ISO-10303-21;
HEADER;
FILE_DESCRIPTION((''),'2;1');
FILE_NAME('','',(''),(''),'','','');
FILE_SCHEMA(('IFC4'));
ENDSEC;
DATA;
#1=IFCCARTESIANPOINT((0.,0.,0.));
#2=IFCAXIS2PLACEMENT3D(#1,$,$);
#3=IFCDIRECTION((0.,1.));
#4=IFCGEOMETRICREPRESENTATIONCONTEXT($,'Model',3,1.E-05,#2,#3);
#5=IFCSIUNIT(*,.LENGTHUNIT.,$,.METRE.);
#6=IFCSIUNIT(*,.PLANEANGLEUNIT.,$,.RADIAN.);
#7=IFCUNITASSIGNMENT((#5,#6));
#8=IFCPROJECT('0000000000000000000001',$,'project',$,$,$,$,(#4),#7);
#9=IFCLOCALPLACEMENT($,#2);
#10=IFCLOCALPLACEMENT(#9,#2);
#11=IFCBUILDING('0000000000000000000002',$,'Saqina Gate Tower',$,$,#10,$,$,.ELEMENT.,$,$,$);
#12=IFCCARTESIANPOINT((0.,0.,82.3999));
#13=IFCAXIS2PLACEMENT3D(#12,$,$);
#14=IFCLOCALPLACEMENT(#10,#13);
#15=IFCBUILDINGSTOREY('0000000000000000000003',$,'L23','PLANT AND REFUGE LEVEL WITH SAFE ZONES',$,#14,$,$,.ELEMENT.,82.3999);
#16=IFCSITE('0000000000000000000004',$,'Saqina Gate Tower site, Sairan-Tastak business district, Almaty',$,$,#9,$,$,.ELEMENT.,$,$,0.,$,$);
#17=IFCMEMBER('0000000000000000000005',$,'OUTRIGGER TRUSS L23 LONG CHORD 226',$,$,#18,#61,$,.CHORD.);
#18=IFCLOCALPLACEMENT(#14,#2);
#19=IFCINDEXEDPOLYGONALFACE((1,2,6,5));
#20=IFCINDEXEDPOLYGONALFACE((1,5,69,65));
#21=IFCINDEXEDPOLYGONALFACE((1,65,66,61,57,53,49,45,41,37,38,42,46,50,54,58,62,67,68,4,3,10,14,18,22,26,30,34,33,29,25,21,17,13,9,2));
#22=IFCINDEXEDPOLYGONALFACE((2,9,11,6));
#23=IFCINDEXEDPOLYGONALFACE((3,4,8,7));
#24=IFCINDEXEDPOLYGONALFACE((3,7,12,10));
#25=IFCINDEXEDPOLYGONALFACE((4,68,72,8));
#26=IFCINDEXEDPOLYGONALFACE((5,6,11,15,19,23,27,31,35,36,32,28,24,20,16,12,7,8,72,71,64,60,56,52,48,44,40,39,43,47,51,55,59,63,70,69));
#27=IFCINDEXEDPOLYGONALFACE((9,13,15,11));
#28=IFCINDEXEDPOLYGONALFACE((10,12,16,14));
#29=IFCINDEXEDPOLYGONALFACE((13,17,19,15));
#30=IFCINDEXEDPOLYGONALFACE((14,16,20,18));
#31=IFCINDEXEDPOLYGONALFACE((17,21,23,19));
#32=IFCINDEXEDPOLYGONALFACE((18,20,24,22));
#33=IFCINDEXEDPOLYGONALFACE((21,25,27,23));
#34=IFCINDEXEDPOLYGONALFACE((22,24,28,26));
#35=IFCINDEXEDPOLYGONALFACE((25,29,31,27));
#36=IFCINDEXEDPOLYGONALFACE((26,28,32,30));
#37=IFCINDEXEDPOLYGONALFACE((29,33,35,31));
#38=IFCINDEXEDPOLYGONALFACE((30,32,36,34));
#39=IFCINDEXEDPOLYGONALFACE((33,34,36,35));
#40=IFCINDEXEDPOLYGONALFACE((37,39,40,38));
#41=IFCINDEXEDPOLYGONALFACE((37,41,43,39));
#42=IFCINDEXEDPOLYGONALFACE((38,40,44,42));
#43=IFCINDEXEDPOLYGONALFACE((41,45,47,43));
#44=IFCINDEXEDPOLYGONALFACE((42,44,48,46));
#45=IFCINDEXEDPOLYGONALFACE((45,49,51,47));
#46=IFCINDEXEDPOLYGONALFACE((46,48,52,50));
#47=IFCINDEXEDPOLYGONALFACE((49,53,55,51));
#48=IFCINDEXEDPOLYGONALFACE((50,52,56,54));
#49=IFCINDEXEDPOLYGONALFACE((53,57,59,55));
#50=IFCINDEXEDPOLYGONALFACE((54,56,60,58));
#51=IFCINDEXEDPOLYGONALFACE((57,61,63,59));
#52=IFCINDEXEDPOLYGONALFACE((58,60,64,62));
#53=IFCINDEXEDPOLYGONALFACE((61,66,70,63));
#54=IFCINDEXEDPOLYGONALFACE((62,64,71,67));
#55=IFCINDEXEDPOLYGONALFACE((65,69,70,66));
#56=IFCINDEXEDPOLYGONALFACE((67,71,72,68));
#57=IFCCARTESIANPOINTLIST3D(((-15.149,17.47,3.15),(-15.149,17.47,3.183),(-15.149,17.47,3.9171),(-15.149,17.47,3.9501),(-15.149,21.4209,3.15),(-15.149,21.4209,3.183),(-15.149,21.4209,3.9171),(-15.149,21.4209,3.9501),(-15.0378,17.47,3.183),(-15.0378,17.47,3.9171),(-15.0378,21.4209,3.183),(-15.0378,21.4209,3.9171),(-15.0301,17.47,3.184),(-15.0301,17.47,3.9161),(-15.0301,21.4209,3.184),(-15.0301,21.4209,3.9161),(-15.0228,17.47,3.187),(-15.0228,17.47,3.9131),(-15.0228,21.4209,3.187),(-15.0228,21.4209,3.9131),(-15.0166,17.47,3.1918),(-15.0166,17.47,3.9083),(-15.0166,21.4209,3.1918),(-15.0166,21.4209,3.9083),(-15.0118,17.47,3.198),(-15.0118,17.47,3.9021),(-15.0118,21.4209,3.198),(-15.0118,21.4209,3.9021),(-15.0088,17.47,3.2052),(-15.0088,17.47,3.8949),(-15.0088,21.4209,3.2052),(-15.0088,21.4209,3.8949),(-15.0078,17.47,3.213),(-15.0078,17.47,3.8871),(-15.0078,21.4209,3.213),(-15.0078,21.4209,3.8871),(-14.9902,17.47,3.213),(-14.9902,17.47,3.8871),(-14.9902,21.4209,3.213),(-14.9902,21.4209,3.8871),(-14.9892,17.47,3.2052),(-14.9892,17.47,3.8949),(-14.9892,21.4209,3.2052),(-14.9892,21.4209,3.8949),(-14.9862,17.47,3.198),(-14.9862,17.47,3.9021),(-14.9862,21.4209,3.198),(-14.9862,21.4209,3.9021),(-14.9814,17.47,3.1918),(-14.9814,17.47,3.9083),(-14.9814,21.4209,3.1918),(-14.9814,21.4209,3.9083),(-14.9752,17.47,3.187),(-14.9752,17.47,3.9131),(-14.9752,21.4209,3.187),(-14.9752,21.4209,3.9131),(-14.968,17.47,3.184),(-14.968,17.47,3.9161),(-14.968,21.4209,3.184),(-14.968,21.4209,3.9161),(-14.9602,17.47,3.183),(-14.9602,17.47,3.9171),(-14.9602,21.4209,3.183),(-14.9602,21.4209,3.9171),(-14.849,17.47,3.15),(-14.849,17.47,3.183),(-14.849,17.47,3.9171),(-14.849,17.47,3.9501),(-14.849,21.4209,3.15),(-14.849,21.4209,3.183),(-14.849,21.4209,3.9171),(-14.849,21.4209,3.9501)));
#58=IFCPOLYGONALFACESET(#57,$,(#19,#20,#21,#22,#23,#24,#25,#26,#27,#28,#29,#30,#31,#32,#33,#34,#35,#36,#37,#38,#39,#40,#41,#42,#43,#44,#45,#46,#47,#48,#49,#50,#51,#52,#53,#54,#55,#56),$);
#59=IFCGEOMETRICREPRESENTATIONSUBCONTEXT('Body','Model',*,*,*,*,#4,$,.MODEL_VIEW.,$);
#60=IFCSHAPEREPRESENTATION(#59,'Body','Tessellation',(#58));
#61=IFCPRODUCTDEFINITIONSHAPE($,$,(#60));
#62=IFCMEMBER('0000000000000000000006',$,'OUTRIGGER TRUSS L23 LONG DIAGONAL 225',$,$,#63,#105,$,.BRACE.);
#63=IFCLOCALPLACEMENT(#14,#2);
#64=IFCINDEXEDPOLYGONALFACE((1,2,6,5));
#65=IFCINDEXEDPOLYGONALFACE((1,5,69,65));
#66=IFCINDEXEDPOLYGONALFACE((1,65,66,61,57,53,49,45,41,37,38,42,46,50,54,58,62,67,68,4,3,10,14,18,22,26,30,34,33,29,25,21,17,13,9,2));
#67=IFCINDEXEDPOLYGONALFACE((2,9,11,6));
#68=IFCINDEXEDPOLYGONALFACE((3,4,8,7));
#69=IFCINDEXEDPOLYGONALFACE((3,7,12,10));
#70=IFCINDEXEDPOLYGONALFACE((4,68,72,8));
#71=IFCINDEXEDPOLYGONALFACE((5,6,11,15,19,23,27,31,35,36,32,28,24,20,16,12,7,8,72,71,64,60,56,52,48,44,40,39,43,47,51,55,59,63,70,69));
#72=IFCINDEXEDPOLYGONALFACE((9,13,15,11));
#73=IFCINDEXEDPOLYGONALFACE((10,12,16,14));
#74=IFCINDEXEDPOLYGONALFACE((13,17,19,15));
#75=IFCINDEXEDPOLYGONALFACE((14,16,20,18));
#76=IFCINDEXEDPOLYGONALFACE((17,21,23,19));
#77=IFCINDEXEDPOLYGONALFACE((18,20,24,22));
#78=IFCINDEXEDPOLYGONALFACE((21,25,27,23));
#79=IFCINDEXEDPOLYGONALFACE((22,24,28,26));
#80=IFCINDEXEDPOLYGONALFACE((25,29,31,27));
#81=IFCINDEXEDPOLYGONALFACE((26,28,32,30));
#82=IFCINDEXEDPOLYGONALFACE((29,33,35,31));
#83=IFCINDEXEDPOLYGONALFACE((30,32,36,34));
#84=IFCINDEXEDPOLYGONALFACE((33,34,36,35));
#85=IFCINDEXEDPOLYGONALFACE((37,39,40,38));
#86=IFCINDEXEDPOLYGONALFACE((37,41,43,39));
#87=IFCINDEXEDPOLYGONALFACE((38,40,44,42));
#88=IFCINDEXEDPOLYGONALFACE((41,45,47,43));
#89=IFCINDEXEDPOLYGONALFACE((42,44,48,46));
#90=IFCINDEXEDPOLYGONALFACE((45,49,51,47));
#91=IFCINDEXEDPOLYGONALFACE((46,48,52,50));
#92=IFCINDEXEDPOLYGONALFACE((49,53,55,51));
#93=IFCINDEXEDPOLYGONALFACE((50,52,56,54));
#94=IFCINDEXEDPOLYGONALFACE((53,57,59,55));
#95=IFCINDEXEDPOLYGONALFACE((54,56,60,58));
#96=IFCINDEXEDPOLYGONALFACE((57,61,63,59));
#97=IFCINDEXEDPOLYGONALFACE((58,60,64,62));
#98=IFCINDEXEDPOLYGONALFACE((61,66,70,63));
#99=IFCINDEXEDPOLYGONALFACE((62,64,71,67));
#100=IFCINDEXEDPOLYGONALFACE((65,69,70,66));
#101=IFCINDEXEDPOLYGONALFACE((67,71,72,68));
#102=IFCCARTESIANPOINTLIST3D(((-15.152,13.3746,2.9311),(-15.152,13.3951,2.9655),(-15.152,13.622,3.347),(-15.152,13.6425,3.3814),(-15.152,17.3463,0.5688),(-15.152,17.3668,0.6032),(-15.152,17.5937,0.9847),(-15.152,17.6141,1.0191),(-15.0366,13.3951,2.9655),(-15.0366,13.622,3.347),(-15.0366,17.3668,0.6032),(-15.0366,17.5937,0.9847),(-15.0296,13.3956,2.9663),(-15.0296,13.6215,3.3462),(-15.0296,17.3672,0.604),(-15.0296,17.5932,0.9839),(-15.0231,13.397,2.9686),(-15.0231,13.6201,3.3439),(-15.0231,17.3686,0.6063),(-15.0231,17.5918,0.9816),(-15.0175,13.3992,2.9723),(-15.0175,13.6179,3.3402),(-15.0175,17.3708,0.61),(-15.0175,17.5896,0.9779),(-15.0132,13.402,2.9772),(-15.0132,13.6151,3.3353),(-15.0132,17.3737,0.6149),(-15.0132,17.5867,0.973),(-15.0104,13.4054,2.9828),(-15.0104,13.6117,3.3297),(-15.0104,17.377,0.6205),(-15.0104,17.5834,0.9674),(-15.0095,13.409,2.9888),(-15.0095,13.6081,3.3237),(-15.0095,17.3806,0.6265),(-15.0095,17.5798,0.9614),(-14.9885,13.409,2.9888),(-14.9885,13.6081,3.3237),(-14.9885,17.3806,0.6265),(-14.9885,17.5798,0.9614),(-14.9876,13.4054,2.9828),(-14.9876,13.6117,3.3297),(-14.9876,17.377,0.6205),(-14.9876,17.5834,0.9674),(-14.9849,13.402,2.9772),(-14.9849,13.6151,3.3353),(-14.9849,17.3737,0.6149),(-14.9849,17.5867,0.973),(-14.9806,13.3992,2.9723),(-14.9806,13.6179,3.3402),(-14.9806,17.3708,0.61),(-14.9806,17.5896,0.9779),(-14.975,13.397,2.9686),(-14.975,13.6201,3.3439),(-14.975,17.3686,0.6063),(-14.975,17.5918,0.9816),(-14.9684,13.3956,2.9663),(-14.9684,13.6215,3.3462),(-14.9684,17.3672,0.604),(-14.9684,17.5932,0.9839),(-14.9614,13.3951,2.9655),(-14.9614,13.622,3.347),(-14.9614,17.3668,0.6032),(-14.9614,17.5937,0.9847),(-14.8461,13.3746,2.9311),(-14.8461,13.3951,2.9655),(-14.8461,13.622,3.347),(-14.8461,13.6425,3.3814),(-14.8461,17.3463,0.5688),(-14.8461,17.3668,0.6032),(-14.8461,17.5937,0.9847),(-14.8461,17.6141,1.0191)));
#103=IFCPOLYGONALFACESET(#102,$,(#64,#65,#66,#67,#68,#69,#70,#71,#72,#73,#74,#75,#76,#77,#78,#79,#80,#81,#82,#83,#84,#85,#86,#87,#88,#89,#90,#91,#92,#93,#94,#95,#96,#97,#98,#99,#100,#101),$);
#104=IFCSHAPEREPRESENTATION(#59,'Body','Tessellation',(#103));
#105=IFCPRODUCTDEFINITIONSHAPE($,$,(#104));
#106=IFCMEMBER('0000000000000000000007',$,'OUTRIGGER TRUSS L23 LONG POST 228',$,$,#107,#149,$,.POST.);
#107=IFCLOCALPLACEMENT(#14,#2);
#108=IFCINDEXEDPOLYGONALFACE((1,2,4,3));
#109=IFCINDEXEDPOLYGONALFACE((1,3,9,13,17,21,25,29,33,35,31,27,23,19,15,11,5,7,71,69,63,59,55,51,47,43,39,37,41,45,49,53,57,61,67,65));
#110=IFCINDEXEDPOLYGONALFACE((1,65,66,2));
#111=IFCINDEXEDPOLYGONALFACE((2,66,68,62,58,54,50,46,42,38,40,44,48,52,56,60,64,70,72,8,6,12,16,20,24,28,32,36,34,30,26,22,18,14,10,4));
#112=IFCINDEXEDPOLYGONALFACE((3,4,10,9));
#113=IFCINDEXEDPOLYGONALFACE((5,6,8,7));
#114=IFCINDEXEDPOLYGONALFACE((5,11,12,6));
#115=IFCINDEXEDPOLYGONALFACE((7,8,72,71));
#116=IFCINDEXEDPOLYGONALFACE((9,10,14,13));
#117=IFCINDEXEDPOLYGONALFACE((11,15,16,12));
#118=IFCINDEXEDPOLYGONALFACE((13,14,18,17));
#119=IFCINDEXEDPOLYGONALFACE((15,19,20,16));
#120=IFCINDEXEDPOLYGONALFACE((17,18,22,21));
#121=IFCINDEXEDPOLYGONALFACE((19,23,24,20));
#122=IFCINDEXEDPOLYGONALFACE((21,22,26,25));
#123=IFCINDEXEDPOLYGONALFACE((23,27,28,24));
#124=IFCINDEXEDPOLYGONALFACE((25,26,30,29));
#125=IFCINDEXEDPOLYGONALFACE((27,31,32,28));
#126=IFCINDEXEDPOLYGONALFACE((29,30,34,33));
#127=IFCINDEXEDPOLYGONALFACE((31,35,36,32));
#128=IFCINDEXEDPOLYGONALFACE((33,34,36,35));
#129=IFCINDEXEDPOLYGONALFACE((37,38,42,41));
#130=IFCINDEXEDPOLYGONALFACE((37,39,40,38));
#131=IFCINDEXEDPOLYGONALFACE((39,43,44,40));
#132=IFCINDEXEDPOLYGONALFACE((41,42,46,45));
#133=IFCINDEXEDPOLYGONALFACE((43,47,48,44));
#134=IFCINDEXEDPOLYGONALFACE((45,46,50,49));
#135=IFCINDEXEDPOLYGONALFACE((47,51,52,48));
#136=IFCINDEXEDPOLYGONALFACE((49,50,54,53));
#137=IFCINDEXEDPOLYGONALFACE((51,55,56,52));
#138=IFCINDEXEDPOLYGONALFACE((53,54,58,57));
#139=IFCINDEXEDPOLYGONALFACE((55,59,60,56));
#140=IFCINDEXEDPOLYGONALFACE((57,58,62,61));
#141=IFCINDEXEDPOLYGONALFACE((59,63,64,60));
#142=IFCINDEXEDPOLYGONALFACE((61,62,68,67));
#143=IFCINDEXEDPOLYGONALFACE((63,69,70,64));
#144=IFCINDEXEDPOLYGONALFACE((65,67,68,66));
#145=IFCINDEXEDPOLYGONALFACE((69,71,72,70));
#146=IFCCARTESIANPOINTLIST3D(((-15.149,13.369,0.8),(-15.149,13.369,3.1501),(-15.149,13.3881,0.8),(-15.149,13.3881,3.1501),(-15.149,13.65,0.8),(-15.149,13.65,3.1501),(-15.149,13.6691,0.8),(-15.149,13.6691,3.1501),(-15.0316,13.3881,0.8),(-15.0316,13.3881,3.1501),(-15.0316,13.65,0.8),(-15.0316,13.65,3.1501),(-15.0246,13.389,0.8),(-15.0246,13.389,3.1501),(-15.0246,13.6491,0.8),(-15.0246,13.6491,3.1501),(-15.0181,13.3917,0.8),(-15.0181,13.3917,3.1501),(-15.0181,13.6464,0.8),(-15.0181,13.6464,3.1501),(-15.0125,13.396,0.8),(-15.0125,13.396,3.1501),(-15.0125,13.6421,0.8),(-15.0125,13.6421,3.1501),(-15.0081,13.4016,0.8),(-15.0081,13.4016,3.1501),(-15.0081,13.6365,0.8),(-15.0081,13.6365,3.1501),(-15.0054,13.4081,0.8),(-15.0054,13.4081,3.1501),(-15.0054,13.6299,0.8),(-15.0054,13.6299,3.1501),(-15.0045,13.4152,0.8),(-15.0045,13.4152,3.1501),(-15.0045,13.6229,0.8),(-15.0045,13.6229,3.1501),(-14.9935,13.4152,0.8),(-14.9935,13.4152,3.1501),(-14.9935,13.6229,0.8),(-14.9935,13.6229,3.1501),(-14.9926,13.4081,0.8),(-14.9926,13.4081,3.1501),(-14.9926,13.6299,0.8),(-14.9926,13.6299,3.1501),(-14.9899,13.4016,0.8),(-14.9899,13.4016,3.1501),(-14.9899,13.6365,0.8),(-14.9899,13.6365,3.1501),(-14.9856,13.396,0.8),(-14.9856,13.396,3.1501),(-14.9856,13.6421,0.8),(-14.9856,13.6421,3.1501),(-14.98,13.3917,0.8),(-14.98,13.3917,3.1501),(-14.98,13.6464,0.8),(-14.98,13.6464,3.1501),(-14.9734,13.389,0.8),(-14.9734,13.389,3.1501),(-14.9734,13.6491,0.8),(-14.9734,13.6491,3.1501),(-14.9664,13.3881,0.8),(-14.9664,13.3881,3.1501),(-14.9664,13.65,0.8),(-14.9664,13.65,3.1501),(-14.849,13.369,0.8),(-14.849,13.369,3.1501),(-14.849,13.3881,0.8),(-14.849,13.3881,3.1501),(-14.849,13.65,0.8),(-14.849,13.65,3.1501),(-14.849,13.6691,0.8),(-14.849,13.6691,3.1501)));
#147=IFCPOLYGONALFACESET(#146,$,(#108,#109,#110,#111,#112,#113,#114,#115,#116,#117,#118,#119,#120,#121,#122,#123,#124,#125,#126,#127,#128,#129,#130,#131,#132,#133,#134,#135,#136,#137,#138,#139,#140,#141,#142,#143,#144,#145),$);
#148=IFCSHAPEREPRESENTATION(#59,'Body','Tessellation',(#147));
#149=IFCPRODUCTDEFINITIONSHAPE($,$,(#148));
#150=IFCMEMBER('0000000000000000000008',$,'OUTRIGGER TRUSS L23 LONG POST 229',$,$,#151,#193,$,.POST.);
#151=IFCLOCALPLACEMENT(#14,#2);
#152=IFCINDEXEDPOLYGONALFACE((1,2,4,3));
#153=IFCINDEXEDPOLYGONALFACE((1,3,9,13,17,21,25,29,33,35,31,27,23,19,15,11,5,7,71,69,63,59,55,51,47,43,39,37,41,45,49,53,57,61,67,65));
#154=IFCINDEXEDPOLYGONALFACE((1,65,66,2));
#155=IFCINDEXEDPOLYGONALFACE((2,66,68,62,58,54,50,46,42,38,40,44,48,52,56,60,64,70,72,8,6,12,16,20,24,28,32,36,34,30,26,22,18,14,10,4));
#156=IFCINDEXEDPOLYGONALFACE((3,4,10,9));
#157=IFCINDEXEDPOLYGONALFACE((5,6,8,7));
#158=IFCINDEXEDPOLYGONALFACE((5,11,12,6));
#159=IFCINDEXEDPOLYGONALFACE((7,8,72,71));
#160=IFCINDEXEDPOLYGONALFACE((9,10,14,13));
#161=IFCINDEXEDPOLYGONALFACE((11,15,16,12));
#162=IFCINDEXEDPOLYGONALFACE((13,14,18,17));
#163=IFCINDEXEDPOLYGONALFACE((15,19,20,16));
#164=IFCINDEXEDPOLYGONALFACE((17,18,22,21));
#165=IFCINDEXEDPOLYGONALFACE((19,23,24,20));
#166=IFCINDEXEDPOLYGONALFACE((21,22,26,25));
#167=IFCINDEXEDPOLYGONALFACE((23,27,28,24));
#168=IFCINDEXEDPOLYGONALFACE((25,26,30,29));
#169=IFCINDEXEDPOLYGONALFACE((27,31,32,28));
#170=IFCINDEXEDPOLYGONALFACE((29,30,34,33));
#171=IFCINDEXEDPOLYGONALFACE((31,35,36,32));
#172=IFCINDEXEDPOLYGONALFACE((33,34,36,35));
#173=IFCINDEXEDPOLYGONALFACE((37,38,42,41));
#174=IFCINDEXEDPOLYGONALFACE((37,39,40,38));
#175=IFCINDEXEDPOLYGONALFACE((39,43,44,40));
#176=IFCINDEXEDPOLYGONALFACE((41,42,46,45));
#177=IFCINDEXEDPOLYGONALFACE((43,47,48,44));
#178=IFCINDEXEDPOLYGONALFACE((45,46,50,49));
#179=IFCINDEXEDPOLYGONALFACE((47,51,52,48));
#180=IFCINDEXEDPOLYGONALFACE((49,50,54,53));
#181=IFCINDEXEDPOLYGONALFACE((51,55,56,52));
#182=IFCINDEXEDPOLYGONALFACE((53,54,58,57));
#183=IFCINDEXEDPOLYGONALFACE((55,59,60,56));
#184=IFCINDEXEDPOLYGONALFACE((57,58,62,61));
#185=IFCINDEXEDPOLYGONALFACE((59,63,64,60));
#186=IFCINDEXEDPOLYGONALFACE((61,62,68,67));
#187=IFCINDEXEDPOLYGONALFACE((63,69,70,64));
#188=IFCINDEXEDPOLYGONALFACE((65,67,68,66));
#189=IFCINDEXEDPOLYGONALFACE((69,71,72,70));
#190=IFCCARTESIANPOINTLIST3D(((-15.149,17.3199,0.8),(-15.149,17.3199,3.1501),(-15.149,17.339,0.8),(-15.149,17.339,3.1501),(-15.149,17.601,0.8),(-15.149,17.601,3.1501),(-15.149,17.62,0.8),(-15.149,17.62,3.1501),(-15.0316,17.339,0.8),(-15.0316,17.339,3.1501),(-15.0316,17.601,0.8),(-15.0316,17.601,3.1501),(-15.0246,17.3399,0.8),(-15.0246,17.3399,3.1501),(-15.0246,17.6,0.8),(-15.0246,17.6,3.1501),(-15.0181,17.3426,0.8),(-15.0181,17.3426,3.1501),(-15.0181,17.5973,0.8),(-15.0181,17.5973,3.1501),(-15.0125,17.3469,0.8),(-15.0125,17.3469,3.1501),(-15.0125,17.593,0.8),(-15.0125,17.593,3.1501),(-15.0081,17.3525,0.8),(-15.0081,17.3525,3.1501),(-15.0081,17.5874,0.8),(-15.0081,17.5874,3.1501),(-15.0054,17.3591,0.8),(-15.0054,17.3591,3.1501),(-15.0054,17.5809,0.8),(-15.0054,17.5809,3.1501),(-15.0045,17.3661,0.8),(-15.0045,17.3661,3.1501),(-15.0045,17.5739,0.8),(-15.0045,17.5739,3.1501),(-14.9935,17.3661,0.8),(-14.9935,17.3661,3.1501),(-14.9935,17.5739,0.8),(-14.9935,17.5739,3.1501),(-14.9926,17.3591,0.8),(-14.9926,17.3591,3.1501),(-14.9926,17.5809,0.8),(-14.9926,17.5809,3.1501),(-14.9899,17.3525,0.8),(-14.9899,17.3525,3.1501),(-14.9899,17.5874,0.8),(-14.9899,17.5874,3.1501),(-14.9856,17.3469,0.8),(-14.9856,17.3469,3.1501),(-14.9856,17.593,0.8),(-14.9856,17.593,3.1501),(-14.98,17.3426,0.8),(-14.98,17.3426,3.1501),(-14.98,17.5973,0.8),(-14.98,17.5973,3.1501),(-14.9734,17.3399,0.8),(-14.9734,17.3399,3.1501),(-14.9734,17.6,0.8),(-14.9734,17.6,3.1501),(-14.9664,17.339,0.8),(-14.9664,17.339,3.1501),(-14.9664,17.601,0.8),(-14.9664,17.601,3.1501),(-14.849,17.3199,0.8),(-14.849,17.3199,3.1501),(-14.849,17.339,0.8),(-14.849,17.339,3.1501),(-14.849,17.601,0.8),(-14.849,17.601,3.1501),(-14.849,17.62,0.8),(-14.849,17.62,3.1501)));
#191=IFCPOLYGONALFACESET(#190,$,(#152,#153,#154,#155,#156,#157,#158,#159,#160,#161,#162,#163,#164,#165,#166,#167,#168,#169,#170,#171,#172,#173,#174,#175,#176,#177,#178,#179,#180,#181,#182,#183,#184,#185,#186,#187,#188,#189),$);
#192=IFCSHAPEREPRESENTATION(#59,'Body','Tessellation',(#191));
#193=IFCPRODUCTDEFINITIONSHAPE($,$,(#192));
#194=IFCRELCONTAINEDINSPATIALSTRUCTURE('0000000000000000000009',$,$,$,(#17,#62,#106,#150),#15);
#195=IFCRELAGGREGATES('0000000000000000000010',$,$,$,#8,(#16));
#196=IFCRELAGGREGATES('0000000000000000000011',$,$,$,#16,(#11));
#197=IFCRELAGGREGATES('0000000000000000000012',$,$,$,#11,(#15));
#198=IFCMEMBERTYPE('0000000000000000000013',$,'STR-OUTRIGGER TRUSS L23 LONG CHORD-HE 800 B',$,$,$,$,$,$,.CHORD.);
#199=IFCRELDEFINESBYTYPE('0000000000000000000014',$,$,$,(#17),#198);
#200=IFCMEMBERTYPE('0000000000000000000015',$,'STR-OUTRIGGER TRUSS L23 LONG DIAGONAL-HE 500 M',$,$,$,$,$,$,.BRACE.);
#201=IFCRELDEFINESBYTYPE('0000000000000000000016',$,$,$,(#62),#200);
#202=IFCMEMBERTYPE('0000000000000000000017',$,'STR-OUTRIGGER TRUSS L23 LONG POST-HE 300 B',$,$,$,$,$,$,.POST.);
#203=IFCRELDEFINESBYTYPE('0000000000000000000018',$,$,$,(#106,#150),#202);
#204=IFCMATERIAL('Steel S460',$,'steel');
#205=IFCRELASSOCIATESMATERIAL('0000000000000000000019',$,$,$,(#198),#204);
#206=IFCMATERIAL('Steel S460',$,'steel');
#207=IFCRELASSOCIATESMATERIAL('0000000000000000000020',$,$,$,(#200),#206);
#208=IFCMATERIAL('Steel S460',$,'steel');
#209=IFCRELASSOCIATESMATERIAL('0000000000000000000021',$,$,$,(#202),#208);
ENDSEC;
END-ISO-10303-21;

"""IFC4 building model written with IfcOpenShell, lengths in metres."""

from ifc_helpers import new_model, si_unit, direction, frame, origin, origin_2d, place, context, subcontext, project, spatial, i_section, extrude, material, material_profile, profile_set, type_object, element, save


model = new_model("IFC4")

# Units and contexts
model_context = context("Model", 3, precision=1e-05, world=origin(), true_north=direction((0.0, 1.0)))
body_context = subcontext(model_context, "Body", "Model", "MODEL_VIEW")
ifc_project = project(units=[si_unit("LENGTHUNIT", "METRE"), si_unit("PLANEANGLEUNIT", "RADIAN")], contexts=[model_context])

# Site, building, storey
site_placement = place(None, origin())
site = spatial("IfcSite", under=ifc_project, at=site_placement, Name="Saqina Gate Tower site, Sairan-Tastak business district, Almaty", CompositionType="ELEMENT", RefElevation=0.0)
building_placement = place(site_placement, origin())
building = spatial("IfcBuilding", under=site, at=building_placement, Name="Saqina Gate Tower", CompositionType="ELEMENT")
storey_placement = place(building_placement, frame((0.0, 0.0, 82.3999)))
storey = spatial("IfcBuildingStorey", under=building, at=storey_placement, Name="L23", Description="PLANT AND REFUGE LEVEL WITH SAFE ZONES", CompositionType="ELEMENT", Elevation=82.3999)

# Members
ifc_material_1 = material(Name="Steel S460", Category="steel")
ifc_material_profile_1 = material_profile(ifc_material_1, i_section(OverallWidth=0.3, OverallDepth=0.8, WebThickness=0.0176, FlangeThickness=0.033, FilletRadius=0.03, at=origin_2d()), Name="HE 800 B")
ifc_profile_set_1 = profile_set([ifc_material_profile_1], Name="Steel S460")
member_type_1 = type_object("IfcMemberType", Name="STR-OUTRIGGER TRUSS L23 LONG CHORD-HE 800 B", PredefinedType="CHORD", material=ifc_profile_set_1)
for number, where, z_axis, x_axis, name in (
    (1, (-14.999, 17.47, 3.55), (0.0, 1.0, 0.0), (-1.0, 0.0, 0.0), "OUTRIGGER TRUSS L23 LONG CHORD 226"),
):
    element("IfcMember", number, at=place(storey_placement, frame(where, z_axis=z_axis, x_axis=x_axis)), inside=storey, type_object=member_type_1, Name=name, PredefinedType="CHORD", context=body_context, shape_type="SweptSolid", body=[
        extrude(i_section(OverallWidth=0.3, OverallDepth=0.8, WebThickness=0.0176, FlangeThickness=0.033, FilletRadius=0.03, at=origin_2d()), origin(), (0.0, 0.0, 1.0), 3.9509),
    ])
ifc_material_2 = material(Name="Steel S460", Category="steel")
ifc_material_profile_2 = material_profile(ifc_material_2, i_section(OverallWidth=0.3059, OverallDepth=0.5239, WebThickness=0.021, FlangeThickness=0.04, FilletRadius=0.0271, at=origin_2d()), Name="HE 500 M")
ifc_profile_set_2 = profile_set([ifc_material_profile_2], Name="Steel S460")
member_type_2 = type_object("IfcMemberType", Name="STR-OUTRIGGER TRUSS L23 LONG DIAGONAL-HE 500 M", PredefinedType="BRACE", material=ifc_profile_set_2)
member_1_placement = place(storey_placement, frame((-14.999, 13.5085, 3.1562), z_axis=(0.0, 0.859463, -0.511198), x_axis=(-1.0, 0.0, 0.0)))
element("IfcMember", 2, at=member_1_placement, inside=storey, type_object=member_type_2, Name="OUTRIGGER TRUSS L23 LONG DIAGONAL 225", PredefinedType="BRACE", context=body_context, shape_type="SweptSolid", body=[
    extrude(i_section(OverallWidth=0.3059, OverallDepth=0.5239, WebThickness=0.021, FlangeThickness=0.04, FilletRadius=0.0271, at=origin_2d()), origin(), (0.0, 0.0, 1.0), 4.6211),
])
ifc_material_3 = material(Name="Steel S460", Category="steel")
ifc_material_profile_3 = material_profile(ifc_material_3, i_section(OverallWidth=0.3, OverallDepth=0.3, WebThickness=0.011, FlangeThickness=0.019, FilletRadius=0.0271, at=origin_2d()), Name="HE 300 B")
ifc_profile_set_3 = profile_set([ifc_material_profile_3], Name="Steel S460")
member_type_3 = type_object("IfcMemberType", Name="STR-OUTRIGGER TRUSS L23 LONG POST-HE 300 B", PredefinedType="POST", material=ifc_profile_set_3)
for number, where, z_axis, x_axis, name in (
    (3, (-14.999, 13.519, 0.8), (0.0, 0.0, 1.0), (1.0, 0.0, 0.0), "OUTRIGGER TRUSS L23 LONG POST 228"),
    (4, (-14.999, 17.47, 0.8), (0.0, 0.0, 1.0), (1.0, 0.0, 0.0), "OUTRIGGER TRUSS L23 LONG POST 229"),
):
    element("IfcMember", number, at=place(storey_placement, frame(where, z_axis=z_axis, x_axis=x_axis)), inside=storey, type_object=member_type_3, Name=name, PredefinedType="POST", context=body_context, shape_type="SweptSolid", body=[
        extrude(i_section(OverallWidth=0.3, OverallDepth=0.3, WebThickness=0.011, FlangeThickness=0.019, FilletRadius=0.0271, at=origin_2d()), origin(), (0.0, 0.0, 1.0), 2.3501),
    ])

save(model, "model.ifc")
